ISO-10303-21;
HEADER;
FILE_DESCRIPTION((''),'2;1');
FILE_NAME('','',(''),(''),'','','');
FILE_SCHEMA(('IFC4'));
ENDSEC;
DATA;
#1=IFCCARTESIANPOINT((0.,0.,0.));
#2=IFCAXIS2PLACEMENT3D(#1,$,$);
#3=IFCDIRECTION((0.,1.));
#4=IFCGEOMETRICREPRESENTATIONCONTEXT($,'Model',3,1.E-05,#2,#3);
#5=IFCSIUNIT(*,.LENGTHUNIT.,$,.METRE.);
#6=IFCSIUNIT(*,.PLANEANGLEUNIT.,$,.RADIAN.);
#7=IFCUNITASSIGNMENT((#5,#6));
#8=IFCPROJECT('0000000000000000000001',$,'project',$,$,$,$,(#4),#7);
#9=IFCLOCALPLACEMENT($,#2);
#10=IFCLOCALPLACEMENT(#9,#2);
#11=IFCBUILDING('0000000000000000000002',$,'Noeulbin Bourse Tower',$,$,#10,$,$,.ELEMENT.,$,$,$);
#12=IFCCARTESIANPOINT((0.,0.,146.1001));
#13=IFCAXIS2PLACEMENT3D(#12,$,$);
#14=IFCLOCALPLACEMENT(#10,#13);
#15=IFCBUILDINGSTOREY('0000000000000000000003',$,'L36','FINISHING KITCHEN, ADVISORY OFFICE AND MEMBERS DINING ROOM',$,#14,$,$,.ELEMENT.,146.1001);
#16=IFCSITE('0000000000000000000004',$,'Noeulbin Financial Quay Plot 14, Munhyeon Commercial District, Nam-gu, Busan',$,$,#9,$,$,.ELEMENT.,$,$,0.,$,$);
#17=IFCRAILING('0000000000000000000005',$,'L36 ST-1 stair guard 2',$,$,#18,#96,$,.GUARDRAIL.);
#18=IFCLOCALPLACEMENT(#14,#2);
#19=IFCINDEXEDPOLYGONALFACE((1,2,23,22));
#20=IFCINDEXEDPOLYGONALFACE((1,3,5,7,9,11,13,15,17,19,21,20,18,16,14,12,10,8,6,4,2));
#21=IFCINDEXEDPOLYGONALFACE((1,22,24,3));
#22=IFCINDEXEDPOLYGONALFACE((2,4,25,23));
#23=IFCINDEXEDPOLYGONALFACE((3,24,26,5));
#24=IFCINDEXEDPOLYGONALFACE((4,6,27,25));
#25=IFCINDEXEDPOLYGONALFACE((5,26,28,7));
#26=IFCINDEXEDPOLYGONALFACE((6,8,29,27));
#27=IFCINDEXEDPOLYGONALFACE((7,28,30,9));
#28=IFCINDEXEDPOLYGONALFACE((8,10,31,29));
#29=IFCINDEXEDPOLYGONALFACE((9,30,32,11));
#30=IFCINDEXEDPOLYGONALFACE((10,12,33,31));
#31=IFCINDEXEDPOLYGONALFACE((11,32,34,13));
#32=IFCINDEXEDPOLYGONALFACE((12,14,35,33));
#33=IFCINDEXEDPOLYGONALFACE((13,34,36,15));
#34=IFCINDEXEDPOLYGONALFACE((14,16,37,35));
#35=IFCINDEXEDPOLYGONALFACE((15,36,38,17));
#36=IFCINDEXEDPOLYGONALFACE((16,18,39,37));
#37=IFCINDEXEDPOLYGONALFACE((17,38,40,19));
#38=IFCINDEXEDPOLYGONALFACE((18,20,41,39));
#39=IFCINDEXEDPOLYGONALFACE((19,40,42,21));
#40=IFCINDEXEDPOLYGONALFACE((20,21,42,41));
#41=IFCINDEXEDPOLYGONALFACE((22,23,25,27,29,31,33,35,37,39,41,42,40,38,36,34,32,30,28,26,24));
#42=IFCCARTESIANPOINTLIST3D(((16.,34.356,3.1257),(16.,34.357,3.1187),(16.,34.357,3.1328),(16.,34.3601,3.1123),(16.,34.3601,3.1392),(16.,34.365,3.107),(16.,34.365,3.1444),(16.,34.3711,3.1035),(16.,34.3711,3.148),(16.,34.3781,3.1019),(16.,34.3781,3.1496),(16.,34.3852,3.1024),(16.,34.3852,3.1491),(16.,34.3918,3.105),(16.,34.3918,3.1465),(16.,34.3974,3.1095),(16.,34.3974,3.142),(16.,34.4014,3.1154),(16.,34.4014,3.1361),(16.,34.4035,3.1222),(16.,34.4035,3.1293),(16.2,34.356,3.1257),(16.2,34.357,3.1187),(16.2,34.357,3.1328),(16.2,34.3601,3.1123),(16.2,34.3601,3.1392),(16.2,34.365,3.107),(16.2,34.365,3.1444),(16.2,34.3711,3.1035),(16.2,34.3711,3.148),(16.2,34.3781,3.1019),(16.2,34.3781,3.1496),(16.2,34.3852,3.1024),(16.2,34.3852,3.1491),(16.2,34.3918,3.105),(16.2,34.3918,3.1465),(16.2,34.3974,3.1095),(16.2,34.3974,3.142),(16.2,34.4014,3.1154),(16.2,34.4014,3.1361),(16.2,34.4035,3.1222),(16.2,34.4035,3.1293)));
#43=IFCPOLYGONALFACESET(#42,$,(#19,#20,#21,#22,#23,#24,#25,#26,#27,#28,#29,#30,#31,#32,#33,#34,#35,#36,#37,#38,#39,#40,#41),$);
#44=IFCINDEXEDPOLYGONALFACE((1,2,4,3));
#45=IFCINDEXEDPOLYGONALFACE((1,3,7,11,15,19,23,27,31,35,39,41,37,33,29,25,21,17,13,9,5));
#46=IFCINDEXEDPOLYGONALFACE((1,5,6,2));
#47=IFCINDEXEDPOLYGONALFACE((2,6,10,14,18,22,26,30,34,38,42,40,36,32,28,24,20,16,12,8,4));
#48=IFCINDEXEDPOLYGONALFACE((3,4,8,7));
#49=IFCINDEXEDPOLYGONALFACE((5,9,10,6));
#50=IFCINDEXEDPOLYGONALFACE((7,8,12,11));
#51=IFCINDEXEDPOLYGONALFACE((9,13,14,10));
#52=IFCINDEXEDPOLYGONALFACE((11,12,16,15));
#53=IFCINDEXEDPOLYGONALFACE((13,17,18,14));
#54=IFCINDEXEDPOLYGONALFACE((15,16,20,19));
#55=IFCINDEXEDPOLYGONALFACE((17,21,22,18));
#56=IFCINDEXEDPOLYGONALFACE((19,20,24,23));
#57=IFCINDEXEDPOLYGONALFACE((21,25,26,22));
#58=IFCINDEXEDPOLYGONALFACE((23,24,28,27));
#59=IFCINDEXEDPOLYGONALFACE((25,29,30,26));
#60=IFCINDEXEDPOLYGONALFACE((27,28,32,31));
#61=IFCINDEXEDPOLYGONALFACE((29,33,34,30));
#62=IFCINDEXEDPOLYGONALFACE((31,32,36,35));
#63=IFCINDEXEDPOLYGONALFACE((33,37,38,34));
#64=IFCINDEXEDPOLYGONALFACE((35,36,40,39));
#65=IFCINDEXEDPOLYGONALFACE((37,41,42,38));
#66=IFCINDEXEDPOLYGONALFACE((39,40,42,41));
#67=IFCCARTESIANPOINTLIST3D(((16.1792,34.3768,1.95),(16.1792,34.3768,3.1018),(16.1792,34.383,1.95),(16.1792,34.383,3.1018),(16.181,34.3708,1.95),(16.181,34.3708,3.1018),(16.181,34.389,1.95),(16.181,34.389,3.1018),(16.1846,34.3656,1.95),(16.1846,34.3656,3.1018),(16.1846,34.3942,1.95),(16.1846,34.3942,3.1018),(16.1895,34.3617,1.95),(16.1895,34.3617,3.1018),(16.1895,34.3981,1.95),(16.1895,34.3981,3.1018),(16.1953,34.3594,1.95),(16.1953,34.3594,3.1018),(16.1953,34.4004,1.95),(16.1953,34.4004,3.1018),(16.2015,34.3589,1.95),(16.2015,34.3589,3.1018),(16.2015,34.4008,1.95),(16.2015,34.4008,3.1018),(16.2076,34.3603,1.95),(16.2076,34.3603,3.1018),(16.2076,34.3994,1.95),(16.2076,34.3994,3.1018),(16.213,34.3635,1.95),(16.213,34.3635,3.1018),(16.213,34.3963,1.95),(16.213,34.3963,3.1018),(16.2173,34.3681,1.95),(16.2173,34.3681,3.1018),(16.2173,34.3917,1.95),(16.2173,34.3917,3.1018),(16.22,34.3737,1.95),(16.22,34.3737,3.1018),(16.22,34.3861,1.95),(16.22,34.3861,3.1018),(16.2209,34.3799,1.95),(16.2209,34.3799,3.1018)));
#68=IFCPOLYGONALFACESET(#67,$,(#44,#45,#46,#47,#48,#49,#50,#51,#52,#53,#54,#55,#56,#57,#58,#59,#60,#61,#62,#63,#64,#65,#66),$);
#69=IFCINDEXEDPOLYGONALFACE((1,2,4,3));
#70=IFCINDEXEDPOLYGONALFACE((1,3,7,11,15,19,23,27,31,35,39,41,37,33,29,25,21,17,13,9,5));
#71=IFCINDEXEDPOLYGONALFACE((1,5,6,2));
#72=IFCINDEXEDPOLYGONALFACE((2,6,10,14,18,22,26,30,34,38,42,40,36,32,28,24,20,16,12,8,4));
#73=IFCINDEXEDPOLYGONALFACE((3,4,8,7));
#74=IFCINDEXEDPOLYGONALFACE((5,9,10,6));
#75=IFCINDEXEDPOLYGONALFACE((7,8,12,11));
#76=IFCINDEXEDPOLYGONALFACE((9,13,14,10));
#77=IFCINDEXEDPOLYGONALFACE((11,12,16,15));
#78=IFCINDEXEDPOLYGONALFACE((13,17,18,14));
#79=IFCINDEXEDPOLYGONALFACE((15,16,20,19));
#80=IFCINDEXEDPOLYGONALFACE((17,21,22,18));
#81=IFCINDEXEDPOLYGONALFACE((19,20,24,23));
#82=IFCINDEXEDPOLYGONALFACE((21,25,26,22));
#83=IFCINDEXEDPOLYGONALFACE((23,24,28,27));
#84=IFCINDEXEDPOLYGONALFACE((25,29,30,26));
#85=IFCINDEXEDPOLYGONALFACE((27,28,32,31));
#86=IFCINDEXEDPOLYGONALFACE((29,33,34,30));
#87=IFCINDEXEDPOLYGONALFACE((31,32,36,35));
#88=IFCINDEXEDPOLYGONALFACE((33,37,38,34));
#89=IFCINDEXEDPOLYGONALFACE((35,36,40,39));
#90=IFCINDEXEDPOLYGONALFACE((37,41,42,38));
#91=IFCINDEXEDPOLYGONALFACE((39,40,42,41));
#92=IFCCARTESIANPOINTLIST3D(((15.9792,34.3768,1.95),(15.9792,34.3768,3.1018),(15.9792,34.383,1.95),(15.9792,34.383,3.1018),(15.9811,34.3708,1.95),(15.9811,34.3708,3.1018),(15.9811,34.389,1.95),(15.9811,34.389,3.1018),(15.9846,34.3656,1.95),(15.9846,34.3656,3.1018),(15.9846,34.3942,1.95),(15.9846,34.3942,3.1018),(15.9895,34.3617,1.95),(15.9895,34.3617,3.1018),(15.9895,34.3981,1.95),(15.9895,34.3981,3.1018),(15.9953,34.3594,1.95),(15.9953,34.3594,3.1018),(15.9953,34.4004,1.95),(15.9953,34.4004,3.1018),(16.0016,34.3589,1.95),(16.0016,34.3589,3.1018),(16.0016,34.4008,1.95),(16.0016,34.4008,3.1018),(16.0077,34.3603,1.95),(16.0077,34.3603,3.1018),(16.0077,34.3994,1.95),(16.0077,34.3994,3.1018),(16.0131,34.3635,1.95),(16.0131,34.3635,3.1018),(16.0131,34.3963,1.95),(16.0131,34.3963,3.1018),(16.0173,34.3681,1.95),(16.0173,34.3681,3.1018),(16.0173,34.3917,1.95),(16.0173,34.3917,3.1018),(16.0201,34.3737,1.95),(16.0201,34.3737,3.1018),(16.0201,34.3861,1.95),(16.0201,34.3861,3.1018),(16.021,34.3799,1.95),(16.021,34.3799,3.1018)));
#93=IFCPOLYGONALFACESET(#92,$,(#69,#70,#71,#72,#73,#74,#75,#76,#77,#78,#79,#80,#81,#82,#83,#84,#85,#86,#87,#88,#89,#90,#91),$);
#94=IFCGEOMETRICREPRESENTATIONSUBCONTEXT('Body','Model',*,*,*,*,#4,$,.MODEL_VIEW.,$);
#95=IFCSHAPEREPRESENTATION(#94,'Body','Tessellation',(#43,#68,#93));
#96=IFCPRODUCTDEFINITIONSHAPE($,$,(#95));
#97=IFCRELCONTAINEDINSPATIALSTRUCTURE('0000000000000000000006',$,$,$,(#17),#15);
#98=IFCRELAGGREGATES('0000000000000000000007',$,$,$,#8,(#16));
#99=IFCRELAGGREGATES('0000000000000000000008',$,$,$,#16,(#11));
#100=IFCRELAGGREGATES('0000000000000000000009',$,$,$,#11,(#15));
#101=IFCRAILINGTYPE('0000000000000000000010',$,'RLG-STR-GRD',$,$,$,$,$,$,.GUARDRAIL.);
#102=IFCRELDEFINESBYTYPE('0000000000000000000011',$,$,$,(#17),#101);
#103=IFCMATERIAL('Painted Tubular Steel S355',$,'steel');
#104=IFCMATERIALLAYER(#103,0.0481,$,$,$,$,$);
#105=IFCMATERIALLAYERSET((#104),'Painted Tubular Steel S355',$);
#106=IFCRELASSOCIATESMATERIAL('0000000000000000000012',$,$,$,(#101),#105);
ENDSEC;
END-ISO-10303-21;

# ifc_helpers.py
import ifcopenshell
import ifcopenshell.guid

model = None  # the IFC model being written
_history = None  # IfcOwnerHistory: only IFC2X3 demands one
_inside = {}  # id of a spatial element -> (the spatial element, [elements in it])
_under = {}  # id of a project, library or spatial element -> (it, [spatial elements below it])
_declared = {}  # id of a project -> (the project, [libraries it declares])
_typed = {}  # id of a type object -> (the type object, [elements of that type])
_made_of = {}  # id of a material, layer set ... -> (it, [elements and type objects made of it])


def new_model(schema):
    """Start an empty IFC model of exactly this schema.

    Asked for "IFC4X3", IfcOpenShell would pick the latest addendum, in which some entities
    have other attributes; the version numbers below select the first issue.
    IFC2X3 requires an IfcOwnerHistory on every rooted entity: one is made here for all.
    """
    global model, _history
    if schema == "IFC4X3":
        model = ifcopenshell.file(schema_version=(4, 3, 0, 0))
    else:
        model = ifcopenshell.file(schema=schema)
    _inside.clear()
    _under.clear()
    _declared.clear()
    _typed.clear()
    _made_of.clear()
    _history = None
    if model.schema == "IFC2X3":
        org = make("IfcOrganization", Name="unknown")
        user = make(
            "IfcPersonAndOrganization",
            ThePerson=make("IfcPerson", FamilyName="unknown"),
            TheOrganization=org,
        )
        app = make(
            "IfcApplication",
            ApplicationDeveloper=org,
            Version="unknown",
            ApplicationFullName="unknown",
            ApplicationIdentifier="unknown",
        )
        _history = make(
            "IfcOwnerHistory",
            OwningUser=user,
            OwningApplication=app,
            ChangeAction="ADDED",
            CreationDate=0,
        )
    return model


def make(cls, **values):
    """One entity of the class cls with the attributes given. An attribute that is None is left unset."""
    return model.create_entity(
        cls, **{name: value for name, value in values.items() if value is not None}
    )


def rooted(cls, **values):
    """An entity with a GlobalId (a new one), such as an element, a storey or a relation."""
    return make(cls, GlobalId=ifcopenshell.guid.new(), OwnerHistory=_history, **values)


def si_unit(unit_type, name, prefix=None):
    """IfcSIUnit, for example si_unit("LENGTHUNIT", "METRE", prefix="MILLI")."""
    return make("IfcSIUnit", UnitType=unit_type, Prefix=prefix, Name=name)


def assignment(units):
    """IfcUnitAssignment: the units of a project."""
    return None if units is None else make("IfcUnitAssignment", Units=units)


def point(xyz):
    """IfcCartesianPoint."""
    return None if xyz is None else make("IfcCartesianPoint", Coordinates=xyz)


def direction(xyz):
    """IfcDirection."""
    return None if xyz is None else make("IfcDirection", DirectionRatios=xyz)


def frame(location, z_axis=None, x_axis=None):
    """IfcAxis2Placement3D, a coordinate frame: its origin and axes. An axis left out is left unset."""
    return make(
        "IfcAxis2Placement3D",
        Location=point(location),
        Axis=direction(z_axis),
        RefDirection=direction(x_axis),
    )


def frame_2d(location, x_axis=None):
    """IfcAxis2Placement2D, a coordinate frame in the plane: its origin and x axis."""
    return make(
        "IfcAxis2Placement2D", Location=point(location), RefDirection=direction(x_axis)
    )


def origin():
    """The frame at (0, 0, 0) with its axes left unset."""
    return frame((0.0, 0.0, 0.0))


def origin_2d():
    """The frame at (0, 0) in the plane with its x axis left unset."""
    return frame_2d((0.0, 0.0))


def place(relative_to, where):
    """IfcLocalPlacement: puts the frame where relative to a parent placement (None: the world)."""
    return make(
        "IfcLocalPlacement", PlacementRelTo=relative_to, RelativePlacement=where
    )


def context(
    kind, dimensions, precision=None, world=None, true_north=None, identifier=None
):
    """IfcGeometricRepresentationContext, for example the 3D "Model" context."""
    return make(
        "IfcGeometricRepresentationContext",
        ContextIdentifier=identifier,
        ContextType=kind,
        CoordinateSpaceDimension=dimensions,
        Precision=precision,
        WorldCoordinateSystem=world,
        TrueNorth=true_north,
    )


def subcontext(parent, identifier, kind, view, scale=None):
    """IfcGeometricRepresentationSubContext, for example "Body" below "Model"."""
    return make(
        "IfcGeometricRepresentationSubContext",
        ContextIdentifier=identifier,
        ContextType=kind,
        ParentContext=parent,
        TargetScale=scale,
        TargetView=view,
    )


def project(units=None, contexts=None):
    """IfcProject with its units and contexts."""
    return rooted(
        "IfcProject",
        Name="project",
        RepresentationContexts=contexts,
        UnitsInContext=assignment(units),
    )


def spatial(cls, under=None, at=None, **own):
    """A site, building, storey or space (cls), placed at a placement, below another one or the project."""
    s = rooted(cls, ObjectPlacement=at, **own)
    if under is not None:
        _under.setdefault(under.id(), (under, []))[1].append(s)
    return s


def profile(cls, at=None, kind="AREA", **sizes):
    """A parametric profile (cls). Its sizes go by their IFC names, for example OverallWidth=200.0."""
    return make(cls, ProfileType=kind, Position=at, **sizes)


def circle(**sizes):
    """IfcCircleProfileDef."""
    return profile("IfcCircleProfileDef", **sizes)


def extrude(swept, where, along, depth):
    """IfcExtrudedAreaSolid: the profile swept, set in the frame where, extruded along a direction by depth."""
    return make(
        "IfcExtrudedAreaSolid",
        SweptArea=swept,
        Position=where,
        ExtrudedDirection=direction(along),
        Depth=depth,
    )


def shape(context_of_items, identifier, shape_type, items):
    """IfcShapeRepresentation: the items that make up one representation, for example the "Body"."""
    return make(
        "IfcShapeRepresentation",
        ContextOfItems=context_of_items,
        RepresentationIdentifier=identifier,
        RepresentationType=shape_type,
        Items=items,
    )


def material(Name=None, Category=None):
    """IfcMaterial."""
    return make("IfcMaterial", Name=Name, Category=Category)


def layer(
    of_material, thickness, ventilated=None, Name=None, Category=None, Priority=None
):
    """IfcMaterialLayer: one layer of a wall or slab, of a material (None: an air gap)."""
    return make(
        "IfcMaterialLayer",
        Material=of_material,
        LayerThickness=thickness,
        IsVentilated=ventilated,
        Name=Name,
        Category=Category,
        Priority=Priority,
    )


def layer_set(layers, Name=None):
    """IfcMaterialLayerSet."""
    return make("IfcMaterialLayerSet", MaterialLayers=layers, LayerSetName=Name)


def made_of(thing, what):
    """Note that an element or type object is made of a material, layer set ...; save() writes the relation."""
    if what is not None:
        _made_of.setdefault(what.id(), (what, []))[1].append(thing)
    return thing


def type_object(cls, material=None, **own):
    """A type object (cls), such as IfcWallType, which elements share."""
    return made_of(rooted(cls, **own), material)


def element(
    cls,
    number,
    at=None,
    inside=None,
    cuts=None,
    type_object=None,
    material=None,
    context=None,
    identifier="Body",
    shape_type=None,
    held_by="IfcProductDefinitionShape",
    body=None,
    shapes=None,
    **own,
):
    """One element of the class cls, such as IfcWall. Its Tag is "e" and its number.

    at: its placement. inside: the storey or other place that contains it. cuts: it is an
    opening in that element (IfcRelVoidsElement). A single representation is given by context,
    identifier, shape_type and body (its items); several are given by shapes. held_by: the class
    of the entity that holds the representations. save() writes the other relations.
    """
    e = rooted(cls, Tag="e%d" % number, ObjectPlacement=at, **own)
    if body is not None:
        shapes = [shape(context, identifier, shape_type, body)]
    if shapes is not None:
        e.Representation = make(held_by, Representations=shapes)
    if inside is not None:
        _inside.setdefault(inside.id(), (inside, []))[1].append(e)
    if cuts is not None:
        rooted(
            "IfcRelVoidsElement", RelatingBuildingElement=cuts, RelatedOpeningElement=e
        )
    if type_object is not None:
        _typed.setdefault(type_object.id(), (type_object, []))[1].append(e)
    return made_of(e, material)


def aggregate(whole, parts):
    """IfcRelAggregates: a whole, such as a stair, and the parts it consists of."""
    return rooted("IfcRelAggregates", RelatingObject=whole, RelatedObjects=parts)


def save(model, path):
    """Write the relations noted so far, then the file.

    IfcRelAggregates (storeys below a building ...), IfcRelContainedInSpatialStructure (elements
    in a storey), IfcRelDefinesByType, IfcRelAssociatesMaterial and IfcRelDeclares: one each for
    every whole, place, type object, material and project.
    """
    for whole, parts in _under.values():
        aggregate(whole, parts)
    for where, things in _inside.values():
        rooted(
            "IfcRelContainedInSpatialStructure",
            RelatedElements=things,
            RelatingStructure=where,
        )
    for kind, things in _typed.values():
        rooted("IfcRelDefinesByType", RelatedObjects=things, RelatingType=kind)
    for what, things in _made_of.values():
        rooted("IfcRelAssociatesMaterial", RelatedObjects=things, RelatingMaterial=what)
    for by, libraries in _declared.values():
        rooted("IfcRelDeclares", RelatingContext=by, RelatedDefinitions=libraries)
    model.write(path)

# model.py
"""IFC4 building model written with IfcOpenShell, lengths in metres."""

from ifc_helpers import new_model, si_unit, direction, frame, origin, origin_2d, place, context, subcontext, project, spatial, circle, extrude, material, layer, layer_set, type_object, element, save


model = new_model("IFC4")

# Units and contexts
model_context = context("Model", 3, precision=1e-05, world=origin(), true_north=direction((0.0, 1.0)))
body_context = subcontext(model_context, "Body", "Model", "MODEL_VIEW")
ifc_project = project(units=[si_unit("LENGTHUNIT", "METRE"), si_unit("PLANEANGLEUNIT", "RADIAN")], contexts=[model_context])

# Site, building, storey
site_placement = place(None, origin())
site = spatial("IfcSite", under=ifc_project, at=site_placement, Name="Noeulbin Financial Quay Plot 14, Munhyeon Commercial District, Nam-gu, Busan", CompositionType="ELEMENT", RefElevation=0.0)
building_placement = place(site_placement, origin())
building = spatial("IfcBuilding", under=site, at=building_placement, Name="Noeulbin Bourse Tower", CompositionType="ELEMENT")
storey_placement = place(building_placement, frame((0.0, 0.0, 146.1001)))
storey = spatial("IfcBuildingStorey", under=building, at=storey_placement, Name="L36", Description="FINISHING KITCHEN, ADVISORY OFFICE AND MEMBERS DINING ROOM", CompositionType="ELEMENT", Elevation=146.1001)

# Railing
ifc_material_1 = material(Name="Painted Tubular Steel S355", Category="steel")
ifc_layer_1 = layer(ifc_material_1, 0.0481)
ifc_layer_set_1 = layer_set([ifc_layer_1], Name="Painted Tubular Steel S355")
railing_type_1 = type_object("IfcRailingType", Name="RLG-STR-GRD", PredefinedType="GUARDRAIL", material=ifc_layer_set_1)
railing_1_placement = place(storey_placement, frame((16.2, 34.3799, 1.95)))
element("IfcRailing", 1, at=railing_1_placement, inside=storey, type_object=railing_type_1, Name="L36 ST-1 stair guard 2", PredefinedType="GUARDRAIL", context=body_context, shape_type="SweptSolid", body=[
    extrude(circle(Radius=0.0239, at=origin_2d()), frame((0.0, 0.0, 1.1758), z_axis=(-1.0, 0.0, 0.0), x_axis=(0.0, -1.0, 0.0)), (0.0, 0.0, 1.0), 0.2),
    extrude(circle(Radius=0.021, at=origin_2d()), origin(), (0.0, 0.0, 1.0), 1.1519),
    extrude(circle(Radius=0.021, at=origin_2d()), frame((-0.2, 0.0, 0.0)), (0.0, 0.0, 1.0), 1.1519),
])

save(model, "model.ifc")
